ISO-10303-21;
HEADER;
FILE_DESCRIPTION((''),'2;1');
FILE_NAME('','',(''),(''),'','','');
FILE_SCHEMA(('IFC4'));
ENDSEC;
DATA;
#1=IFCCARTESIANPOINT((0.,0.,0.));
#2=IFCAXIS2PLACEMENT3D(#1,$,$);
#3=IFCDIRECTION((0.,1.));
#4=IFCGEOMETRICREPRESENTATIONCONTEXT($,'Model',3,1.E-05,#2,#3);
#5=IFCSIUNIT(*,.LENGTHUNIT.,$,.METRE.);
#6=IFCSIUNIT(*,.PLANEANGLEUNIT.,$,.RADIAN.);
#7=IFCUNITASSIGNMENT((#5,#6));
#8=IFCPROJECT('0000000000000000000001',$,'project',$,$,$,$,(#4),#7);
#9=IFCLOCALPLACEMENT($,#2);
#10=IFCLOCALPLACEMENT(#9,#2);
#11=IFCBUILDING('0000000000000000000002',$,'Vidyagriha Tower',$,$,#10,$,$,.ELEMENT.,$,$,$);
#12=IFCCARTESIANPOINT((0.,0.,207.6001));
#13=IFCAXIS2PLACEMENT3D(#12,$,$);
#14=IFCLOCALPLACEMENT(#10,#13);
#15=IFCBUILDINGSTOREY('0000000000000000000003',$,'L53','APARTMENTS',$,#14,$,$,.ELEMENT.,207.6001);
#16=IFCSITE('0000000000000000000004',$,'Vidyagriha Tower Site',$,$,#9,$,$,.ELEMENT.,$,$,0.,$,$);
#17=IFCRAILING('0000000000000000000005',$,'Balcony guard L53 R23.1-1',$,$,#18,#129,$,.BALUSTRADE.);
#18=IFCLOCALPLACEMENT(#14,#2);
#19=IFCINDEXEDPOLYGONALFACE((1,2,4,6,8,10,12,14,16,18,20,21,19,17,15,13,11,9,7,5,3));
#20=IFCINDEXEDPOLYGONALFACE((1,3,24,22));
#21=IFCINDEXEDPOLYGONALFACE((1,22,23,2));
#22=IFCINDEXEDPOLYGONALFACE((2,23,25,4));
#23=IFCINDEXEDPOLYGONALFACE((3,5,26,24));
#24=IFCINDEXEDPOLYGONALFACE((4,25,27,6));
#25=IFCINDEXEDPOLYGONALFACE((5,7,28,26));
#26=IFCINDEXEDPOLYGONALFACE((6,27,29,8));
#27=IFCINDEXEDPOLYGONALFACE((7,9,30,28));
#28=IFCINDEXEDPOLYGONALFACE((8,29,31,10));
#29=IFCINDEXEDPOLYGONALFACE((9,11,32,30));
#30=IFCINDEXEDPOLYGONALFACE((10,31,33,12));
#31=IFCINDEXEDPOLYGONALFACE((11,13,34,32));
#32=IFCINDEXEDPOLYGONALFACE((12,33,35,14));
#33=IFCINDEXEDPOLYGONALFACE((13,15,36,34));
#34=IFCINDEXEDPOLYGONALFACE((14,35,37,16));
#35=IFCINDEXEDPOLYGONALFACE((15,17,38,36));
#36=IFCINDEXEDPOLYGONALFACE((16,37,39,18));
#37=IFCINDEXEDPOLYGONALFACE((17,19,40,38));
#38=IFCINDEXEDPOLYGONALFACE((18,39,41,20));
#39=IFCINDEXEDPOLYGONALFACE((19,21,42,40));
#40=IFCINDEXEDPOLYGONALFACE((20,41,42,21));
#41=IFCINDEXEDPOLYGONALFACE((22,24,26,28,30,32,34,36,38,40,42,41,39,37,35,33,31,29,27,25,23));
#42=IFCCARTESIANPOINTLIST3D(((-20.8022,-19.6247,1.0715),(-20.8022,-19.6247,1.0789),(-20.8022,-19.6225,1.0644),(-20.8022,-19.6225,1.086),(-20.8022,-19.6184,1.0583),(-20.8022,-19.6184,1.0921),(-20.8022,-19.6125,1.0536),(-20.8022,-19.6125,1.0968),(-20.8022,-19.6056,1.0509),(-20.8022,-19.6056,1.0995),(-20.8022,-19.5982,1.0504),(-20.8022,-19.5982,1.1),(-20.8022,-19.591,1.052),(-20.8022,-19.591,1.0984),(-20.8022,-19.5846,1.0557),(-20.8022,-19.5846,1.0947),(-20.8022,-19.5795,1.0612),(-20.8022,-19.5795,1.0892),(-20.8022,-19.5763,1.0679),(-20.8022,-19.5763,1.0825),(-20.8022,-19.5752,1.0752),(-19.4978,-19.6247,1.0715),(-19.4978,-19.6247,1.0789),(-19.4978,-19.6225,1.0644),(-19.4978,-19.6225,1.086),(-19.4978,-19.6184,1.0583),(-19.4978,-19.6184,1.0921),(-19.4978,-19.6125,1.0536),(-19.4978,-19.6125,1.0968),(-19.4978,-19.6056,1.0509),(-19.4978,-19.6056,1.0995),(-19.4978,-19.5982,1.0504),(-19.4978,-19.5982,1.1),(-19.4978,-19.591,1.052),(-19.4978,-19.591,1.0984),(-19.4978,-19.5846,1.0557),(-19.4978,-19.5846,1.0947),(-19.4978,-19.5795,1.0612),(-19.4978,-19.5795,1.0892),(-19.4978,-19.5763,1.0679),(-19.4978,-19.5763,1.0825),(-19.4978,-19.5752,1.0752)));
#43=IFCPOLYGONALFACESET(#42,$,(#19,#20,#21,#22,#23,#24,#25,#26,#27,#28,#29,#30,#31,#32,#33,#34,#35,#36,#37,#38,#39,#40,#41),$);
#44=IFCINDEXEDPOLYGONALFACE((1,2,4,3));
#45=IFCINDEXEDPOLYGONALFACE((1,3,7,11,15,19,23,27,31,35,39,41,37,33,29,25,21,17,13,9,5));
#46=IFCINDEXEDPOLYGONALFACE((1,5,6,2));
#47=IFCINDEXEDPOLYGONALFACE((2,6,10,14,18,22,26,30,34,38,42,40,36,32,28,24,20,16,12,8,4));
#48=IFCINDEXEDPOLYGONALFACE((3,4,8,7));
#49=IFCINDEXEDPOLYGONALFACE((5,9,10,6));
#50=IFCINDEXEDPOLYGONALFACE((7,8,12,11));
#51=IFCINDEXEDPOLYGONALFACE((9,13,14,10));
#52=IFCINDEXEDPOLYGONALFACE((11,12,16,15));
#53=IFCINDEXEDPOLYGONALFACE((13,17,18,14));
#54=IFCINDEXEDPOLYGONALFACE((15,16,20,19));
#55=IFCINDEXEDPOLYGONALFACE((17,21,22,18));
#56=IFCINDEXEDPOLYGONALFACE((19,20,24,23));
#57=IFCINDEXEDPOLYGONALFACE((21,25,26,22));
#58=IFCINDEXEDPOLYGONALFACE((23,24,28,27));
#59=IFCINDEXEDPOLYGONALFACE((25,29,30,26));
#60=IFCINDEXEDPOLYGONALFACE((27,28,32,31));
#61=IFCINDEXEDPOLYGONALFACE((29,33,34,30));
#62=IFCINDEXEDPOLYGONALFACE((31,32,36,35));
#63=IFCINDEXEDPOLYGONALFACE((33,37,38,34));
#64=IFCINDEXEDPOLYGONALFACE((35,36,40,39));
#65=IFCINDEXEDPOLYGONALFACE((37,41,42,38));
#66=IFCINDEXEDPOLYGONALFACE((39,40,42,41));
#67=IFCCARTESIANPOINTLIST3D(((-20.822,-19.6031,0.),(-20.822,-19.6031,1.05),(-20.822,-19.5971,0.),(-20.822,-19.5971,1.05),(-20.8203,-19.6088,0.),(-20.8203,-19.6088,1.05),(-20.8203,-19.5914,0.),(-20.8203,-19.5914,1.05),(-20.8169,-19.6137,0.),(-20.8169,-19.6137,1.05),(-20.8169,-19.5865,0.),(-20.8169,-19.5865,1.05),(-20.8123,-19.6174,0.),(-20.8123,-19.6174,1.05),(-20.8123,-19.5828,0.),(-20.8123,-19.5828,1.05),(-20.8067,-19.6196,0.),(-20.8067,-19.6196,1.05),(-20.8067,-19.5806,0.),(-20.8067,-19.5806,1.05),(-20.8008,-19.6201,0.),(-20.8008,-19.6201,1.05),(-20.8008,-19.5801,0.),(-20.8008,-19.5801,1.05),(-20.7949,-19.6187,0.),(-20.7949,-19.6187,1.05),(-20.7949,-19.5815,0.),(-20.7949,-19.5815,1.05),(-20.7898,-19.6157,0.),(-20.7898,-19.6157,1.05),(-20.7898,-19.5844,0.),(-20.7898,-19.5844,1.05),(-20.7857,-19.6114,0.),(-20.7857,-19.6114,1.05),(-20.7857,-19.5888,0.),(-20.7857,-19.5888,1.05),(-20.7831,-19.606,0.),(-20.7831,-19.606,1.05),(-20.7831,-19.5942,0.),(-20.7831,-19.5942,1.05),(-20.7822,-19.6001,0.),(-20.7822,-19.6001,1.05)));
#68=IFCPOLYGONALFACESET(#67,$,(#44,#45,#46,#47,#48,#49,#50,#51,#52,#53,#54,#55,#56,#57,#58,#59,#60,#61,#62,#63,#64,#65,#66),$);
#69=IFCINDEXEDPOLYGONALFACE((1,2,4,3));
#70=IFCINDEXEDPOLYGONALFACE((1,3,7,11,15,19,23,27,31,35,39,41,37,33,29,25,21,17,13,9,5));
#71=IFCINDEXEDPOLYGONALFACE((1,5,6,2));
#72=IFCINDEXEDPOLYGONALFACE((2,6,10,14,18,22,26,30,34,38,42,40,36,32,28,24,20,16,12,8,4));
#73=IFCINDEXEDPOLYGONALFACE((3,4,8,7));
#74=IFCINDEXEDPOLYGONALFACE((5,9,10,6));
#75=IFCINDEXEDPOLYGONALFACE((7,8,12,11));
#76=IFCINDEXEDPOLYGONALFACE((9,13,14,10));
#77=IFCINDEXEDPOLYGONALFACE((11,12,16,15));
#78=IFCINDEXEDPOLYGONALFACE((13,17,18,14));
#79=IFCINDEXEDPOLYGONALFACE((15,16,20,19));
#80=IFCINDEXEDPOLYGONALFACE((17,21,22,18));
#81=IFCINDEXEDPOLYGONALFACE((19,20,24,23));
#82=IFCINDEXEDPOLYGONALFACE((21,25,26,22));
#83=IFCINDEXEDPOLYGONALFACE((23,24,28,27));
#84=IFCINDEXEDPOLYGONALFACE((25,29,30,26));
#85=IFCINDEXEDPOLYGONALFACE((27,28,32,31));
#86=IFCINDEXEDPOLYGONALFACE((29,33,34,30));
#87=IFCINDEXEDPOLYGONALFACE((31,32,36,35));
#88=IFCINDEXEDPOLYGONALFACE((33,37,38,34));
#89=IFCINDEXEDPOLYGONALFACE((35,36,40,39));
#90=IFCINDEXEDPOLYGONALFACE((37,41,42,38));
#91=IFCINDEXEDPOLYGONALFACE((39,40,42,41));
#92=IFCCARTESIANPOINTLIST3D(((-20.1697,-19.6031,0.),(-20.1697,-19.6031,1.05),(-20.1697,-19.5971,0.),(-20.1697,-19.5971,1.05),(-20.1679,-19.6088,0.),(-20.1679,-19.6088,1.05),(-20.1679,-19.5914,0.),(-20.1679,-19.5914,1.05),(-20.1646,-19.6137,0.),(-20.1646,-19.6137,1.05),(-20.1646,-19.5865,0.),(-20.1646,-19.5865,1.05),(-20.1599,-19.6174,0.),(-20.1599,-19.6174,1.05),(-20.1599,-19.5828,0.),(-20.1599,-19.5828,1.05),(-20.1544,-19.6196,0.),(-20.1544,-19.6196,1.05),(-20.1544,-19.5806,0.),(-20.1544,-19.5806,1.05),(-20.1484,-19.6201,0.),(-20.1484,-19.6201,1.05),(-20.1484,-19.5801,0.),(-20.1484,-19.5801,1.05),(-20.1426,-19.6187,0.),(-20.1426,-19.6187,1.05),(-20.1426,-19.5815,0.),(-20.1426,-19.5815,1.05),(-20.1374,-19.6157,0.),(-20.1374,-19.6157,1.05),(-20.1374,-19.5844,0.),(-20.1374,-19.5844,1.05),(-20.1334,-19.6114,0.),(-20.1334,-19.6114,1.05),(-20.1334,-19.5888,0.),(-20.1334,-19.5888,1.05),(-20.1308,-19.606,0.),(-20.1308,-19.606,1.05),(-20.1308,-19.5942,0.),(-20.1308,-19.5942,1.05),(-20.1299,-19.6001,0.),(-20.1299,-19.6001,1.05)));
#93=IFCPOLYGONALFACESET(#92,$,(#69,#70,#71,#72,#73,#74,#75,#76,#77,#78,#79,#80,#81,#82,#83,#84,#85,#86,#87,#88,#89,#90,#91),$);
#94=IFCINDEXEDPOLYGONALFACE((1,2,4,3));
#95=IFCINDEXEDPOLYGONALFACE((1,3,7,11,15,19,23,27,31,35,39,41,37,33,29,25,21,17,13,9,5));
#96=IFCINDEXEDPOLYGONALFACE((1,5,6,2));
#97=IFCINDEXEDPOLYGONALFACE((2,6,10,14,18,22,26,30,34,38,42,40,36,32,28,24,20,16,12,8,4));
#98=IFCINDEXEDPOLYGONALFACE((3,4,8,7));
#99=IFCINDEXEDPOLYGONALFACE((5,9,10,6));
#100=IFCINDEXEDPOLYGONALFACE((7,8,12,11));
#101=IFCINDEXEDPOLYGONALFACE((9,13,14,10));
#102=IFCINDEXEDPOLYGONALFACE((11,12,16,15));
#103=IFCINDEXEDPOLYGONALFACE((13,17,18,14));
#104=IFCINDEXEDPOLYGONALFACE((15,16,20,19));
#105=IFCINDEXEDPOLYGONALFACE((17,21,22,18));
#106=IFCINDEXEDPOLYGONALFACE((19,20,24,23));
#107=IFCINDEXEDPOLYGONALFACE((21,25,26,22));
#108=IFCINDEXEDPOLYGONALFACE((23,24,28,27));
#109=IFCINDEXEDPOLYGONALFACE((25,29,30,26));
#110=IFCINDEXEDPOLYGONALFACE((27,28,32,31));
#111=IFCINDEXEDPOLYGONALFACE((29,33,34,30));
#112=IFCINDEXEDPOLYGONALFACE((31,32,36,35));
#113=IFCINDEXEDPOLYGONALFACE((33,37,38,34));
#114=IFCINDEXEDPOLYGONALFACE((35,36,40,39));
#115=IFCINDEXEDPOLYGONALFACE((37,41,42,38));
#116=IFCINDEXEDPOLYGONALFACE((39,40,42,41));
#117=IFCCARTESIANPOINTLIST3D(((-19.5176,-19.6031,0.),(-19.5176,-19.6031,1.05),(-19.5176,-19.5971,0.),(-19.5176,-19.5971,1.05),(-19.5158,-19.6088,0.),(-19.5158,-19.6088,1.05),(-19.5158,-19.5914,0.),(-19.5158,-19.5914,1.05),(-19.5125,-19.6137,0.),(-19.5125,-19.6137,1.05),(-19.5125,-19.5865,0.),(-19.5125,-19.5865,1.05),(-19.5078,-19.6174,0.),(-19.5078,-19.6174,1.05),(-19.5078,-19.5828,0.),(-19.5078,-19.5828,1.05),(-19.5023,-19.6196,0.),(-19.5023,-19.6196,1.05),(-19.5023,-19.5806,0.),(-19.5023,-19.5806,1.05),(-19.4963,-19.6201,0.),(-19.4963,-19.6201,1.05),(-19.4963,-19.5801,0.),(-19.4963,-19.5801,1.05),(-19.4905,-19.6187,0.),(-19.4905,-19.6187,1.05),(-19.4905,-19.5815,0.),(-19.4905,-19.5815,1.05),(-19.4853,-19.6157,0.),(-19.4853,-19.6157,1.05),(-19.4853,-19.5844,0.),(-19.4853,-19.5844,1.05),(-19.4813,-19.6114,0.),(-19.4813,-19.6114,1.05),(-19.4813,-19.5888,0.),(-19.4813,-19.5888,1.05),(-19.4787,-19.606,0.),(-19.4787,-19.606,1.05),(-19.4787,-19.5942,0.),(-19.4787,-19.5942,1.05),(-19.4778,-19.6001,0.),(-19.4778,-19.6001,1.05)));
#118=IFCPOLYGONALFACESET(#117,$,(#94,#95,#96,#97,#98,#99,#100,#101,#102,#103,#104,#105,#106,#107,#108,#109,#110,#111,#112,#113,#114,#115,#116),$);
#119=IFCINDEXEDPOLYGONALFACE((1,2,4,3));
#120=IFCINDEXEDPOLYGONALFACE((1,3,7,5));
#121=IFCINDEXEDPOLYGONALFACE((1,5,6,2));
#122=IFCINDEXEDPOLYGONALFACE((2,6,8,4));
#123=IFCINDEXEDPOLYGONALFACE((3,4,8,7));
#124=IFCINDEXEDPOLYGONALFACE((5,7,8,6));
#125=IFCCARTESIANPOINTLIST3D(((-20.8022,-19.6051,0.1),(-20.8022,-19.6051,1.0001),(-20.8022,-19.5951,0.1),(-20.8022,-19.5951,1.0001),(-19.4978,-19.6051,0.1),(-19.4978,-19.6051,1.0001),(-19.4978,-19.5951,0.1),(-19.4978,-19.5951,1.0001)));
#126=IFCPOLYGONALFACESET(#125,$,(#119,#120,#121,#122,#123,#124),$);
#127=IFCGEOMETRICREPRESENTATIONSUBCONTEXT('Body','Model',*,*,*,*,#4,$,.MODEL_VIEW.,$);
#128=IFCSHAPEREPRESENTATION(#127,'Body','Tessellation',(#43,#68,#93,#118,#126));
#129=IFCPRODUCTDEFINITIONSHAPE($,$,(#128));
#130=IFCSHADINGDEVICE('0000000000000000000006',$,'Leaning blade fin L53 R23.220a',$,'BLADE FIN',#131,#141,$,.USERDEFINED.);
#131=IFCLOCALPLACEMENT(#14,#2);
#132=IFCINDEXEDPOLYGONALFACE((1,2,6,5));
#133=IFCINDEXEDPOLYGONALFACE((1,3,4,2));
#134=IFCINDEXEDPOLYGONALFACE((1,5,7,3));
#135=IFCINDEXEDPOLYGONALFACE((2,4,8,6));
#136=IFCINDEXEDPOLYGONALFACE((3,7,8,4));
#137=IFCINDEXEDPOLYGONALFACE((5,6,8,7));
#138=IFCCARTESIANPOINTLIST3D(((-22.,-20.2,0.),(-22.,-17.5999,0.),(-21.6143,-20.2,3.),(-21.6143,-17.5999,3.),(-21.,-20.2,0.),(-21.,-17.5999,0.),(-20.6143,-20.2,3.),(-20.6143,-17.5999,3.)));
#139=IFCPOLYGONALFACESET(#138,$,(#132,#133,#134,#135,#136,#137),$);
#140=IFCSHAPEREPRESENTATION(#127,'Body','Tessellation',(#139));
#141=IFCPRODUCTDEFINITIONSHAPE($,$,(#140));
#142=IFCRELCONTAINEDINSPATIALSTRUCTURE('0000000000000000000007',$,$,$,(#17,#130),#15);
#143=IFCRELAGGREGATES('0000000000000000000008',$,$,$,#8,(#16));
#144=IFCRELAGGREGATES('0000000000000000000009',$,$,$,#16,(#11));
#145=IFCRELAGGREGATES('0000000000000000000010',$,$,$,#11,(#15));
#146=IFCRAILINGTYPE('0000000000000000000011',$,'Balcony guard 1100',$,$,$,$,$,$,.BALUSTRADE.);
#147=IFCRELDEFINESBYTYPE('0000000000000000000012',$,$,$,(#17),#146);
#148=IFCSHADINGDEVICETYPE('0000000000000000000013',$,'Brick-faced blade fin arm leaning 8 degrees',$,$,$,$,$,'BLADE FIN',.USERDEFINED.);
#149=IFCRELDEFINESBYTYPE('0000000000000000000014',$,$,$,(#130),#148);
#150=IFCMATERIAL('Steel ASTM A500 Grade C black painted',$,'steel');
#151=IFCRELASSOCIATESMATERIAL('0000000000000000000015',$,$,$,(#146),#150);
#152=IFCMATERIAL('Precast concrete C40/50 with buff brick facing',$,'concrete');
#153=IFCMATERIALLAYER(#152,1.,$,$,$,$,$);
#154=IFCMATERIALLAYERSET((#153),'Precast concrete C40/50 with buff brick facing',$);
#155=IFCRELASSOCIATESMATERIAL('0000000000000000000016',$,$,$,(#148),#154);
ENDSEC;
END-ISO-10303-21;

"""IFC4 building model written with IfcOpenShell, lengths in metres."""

from ifc_helpers import new_model, si_unit, direction, frame, origin, origin_2d, place, context, subcontext, project, spatial, polyline, rectangle, circle, outline, extrude, material, layer, layer_set, type_object, element, save


model = new_model("IFC4")

# Units and contexts
model_context = context("Model", 3, precision=1e-05, world=origin(), true_north=direction((0.0, 1.0)))
body_context = subcontext(model_context, "Body", "Model", "MODEL_VIEW")
ifc_project = project(units=[si_unit("LENGTHUNIT", "METRE"), si_unit("PLANEANGLEUNIT", "RADIAN")], contexts=[model_context])

# Site, building, storey
site_placement = place(None, origin())
site = spatial("IfcSite", under=ifc_project, at=site_placement, Name="Vidyagriha Tower Site", CompositionType="ELEMENT", RefElevation=0.0)
building_placement = place(site_placement, origin())
building = spatial("IfcBuilding", under=site, at=building_placement, Name="Vidyagriha Tower", CompositionType="ELEMENT")
storey_placement = place(building_placement, frame((0.0, 0.0, 207.6001)))
storey = spatial("IfcBuildingStorey", under=building, at=storey_placement, Name="L53", Description="APARTMENTS", CompositionType="ELEMENT", Elevation=207.6001)

# Railing
ifc_material_1 = material(Name="Steel ASTM A500 Grade C black painted", Category="steel")
railing_type_1 = type_object("IfcRailingType", Name="Balcony guard 1100", PredefinedType="BALUSTRADE", material=ifc_material_1)
railing_1_placement = place(storey_placement, frame((-20.8022, -19.6001, 0.0)))
element("IfcRailing", 1, at=railing_1_placement, inside=storey, type_object=railing_type_1, Name="Balcony guard L53 R23.1-1", PredefinedType="BALUSTRADE", context=body_context, shape_type="SweptSolid", body=[
    extrude(circle(Radius=0.0249, at=origin_2d()), frame((0.0, 0.0, 1.0752), z_axis=(1.0, 0.0, 0.0), x_axis=(0.0, 1.0, 0.0)), (0.0, 0.0, 1.0), 1.3044),
    extrude(circle(Radius=0.02, at=origin_2d()), origin(), (0.0, 0.0, 1.0), 1.05),
    extrude(circle(Radius=0.02, at=origin_2d()), frame((0.6523, 0.0, 0.0)), (0.0, 0.0, 1.0), 1.05),
    extrude(circle(Radius=0.02, at=origin_2d()), frame((1.3044, 0.0, 0.0)), (0.0, 0.0, 1.0), 1.05),
    extrude(rectangle(XDim=0.01, YDim=0.9001, at=origin_2d()), frame((0.0, 0.0, 0.55), z_axis=(1.0, 0.0, 0.0), x_axis=(0.0, 1.0, 0.0)), (0.0, 0.0, 1.0), 1.3044),
])

# Shading device
ifc_material_2 = material(Name="Precast concrete C40/50 with buff brick facing", Category="concrete")
ifc_layer_1 = layer(ifc_material_2, 1.0)
ifc_layer_set_1 = layer_set([ifc_layer_1], Name="Precast concrete C40/50 with buff brick facing")
shading_device_type = type_object("IfcShadingDeviceType", Name="Brick-faced blade fin arm leaning 8 degrees", ElementType="BLADE FIN", PredefinedType="USERDEFINED", material=ifc_layer_set_1)
shading_device_placement = place(storey_placement, frame((-22.0, -18.8999, 0.0)))
element("IfcShadingDevice", 2, at=shading_device_placement, inside=storey, type_object=shading_device_type, Name="Leaning blade fin L53 R23.220a", ObjectType="BLADE FIN", PredefinedType="USERDEFINED", context=body_context, shape_type="SweptSolid", body=[
    extrude(outline(polyline([(0.0, 0.0), (1.0, 0.0), (1.3857, 3.0), (0.3857, 3.0), (0.0, 0.0)])), frame((0.0, 1.3, 0.0), z_axis=(0.0, -1.0, 0.0), x_axis=(1.0, 0.0, 0.0)), (0.0, 0.0, 1.0), 2.6001),
])

save(model, "model.ifc")
